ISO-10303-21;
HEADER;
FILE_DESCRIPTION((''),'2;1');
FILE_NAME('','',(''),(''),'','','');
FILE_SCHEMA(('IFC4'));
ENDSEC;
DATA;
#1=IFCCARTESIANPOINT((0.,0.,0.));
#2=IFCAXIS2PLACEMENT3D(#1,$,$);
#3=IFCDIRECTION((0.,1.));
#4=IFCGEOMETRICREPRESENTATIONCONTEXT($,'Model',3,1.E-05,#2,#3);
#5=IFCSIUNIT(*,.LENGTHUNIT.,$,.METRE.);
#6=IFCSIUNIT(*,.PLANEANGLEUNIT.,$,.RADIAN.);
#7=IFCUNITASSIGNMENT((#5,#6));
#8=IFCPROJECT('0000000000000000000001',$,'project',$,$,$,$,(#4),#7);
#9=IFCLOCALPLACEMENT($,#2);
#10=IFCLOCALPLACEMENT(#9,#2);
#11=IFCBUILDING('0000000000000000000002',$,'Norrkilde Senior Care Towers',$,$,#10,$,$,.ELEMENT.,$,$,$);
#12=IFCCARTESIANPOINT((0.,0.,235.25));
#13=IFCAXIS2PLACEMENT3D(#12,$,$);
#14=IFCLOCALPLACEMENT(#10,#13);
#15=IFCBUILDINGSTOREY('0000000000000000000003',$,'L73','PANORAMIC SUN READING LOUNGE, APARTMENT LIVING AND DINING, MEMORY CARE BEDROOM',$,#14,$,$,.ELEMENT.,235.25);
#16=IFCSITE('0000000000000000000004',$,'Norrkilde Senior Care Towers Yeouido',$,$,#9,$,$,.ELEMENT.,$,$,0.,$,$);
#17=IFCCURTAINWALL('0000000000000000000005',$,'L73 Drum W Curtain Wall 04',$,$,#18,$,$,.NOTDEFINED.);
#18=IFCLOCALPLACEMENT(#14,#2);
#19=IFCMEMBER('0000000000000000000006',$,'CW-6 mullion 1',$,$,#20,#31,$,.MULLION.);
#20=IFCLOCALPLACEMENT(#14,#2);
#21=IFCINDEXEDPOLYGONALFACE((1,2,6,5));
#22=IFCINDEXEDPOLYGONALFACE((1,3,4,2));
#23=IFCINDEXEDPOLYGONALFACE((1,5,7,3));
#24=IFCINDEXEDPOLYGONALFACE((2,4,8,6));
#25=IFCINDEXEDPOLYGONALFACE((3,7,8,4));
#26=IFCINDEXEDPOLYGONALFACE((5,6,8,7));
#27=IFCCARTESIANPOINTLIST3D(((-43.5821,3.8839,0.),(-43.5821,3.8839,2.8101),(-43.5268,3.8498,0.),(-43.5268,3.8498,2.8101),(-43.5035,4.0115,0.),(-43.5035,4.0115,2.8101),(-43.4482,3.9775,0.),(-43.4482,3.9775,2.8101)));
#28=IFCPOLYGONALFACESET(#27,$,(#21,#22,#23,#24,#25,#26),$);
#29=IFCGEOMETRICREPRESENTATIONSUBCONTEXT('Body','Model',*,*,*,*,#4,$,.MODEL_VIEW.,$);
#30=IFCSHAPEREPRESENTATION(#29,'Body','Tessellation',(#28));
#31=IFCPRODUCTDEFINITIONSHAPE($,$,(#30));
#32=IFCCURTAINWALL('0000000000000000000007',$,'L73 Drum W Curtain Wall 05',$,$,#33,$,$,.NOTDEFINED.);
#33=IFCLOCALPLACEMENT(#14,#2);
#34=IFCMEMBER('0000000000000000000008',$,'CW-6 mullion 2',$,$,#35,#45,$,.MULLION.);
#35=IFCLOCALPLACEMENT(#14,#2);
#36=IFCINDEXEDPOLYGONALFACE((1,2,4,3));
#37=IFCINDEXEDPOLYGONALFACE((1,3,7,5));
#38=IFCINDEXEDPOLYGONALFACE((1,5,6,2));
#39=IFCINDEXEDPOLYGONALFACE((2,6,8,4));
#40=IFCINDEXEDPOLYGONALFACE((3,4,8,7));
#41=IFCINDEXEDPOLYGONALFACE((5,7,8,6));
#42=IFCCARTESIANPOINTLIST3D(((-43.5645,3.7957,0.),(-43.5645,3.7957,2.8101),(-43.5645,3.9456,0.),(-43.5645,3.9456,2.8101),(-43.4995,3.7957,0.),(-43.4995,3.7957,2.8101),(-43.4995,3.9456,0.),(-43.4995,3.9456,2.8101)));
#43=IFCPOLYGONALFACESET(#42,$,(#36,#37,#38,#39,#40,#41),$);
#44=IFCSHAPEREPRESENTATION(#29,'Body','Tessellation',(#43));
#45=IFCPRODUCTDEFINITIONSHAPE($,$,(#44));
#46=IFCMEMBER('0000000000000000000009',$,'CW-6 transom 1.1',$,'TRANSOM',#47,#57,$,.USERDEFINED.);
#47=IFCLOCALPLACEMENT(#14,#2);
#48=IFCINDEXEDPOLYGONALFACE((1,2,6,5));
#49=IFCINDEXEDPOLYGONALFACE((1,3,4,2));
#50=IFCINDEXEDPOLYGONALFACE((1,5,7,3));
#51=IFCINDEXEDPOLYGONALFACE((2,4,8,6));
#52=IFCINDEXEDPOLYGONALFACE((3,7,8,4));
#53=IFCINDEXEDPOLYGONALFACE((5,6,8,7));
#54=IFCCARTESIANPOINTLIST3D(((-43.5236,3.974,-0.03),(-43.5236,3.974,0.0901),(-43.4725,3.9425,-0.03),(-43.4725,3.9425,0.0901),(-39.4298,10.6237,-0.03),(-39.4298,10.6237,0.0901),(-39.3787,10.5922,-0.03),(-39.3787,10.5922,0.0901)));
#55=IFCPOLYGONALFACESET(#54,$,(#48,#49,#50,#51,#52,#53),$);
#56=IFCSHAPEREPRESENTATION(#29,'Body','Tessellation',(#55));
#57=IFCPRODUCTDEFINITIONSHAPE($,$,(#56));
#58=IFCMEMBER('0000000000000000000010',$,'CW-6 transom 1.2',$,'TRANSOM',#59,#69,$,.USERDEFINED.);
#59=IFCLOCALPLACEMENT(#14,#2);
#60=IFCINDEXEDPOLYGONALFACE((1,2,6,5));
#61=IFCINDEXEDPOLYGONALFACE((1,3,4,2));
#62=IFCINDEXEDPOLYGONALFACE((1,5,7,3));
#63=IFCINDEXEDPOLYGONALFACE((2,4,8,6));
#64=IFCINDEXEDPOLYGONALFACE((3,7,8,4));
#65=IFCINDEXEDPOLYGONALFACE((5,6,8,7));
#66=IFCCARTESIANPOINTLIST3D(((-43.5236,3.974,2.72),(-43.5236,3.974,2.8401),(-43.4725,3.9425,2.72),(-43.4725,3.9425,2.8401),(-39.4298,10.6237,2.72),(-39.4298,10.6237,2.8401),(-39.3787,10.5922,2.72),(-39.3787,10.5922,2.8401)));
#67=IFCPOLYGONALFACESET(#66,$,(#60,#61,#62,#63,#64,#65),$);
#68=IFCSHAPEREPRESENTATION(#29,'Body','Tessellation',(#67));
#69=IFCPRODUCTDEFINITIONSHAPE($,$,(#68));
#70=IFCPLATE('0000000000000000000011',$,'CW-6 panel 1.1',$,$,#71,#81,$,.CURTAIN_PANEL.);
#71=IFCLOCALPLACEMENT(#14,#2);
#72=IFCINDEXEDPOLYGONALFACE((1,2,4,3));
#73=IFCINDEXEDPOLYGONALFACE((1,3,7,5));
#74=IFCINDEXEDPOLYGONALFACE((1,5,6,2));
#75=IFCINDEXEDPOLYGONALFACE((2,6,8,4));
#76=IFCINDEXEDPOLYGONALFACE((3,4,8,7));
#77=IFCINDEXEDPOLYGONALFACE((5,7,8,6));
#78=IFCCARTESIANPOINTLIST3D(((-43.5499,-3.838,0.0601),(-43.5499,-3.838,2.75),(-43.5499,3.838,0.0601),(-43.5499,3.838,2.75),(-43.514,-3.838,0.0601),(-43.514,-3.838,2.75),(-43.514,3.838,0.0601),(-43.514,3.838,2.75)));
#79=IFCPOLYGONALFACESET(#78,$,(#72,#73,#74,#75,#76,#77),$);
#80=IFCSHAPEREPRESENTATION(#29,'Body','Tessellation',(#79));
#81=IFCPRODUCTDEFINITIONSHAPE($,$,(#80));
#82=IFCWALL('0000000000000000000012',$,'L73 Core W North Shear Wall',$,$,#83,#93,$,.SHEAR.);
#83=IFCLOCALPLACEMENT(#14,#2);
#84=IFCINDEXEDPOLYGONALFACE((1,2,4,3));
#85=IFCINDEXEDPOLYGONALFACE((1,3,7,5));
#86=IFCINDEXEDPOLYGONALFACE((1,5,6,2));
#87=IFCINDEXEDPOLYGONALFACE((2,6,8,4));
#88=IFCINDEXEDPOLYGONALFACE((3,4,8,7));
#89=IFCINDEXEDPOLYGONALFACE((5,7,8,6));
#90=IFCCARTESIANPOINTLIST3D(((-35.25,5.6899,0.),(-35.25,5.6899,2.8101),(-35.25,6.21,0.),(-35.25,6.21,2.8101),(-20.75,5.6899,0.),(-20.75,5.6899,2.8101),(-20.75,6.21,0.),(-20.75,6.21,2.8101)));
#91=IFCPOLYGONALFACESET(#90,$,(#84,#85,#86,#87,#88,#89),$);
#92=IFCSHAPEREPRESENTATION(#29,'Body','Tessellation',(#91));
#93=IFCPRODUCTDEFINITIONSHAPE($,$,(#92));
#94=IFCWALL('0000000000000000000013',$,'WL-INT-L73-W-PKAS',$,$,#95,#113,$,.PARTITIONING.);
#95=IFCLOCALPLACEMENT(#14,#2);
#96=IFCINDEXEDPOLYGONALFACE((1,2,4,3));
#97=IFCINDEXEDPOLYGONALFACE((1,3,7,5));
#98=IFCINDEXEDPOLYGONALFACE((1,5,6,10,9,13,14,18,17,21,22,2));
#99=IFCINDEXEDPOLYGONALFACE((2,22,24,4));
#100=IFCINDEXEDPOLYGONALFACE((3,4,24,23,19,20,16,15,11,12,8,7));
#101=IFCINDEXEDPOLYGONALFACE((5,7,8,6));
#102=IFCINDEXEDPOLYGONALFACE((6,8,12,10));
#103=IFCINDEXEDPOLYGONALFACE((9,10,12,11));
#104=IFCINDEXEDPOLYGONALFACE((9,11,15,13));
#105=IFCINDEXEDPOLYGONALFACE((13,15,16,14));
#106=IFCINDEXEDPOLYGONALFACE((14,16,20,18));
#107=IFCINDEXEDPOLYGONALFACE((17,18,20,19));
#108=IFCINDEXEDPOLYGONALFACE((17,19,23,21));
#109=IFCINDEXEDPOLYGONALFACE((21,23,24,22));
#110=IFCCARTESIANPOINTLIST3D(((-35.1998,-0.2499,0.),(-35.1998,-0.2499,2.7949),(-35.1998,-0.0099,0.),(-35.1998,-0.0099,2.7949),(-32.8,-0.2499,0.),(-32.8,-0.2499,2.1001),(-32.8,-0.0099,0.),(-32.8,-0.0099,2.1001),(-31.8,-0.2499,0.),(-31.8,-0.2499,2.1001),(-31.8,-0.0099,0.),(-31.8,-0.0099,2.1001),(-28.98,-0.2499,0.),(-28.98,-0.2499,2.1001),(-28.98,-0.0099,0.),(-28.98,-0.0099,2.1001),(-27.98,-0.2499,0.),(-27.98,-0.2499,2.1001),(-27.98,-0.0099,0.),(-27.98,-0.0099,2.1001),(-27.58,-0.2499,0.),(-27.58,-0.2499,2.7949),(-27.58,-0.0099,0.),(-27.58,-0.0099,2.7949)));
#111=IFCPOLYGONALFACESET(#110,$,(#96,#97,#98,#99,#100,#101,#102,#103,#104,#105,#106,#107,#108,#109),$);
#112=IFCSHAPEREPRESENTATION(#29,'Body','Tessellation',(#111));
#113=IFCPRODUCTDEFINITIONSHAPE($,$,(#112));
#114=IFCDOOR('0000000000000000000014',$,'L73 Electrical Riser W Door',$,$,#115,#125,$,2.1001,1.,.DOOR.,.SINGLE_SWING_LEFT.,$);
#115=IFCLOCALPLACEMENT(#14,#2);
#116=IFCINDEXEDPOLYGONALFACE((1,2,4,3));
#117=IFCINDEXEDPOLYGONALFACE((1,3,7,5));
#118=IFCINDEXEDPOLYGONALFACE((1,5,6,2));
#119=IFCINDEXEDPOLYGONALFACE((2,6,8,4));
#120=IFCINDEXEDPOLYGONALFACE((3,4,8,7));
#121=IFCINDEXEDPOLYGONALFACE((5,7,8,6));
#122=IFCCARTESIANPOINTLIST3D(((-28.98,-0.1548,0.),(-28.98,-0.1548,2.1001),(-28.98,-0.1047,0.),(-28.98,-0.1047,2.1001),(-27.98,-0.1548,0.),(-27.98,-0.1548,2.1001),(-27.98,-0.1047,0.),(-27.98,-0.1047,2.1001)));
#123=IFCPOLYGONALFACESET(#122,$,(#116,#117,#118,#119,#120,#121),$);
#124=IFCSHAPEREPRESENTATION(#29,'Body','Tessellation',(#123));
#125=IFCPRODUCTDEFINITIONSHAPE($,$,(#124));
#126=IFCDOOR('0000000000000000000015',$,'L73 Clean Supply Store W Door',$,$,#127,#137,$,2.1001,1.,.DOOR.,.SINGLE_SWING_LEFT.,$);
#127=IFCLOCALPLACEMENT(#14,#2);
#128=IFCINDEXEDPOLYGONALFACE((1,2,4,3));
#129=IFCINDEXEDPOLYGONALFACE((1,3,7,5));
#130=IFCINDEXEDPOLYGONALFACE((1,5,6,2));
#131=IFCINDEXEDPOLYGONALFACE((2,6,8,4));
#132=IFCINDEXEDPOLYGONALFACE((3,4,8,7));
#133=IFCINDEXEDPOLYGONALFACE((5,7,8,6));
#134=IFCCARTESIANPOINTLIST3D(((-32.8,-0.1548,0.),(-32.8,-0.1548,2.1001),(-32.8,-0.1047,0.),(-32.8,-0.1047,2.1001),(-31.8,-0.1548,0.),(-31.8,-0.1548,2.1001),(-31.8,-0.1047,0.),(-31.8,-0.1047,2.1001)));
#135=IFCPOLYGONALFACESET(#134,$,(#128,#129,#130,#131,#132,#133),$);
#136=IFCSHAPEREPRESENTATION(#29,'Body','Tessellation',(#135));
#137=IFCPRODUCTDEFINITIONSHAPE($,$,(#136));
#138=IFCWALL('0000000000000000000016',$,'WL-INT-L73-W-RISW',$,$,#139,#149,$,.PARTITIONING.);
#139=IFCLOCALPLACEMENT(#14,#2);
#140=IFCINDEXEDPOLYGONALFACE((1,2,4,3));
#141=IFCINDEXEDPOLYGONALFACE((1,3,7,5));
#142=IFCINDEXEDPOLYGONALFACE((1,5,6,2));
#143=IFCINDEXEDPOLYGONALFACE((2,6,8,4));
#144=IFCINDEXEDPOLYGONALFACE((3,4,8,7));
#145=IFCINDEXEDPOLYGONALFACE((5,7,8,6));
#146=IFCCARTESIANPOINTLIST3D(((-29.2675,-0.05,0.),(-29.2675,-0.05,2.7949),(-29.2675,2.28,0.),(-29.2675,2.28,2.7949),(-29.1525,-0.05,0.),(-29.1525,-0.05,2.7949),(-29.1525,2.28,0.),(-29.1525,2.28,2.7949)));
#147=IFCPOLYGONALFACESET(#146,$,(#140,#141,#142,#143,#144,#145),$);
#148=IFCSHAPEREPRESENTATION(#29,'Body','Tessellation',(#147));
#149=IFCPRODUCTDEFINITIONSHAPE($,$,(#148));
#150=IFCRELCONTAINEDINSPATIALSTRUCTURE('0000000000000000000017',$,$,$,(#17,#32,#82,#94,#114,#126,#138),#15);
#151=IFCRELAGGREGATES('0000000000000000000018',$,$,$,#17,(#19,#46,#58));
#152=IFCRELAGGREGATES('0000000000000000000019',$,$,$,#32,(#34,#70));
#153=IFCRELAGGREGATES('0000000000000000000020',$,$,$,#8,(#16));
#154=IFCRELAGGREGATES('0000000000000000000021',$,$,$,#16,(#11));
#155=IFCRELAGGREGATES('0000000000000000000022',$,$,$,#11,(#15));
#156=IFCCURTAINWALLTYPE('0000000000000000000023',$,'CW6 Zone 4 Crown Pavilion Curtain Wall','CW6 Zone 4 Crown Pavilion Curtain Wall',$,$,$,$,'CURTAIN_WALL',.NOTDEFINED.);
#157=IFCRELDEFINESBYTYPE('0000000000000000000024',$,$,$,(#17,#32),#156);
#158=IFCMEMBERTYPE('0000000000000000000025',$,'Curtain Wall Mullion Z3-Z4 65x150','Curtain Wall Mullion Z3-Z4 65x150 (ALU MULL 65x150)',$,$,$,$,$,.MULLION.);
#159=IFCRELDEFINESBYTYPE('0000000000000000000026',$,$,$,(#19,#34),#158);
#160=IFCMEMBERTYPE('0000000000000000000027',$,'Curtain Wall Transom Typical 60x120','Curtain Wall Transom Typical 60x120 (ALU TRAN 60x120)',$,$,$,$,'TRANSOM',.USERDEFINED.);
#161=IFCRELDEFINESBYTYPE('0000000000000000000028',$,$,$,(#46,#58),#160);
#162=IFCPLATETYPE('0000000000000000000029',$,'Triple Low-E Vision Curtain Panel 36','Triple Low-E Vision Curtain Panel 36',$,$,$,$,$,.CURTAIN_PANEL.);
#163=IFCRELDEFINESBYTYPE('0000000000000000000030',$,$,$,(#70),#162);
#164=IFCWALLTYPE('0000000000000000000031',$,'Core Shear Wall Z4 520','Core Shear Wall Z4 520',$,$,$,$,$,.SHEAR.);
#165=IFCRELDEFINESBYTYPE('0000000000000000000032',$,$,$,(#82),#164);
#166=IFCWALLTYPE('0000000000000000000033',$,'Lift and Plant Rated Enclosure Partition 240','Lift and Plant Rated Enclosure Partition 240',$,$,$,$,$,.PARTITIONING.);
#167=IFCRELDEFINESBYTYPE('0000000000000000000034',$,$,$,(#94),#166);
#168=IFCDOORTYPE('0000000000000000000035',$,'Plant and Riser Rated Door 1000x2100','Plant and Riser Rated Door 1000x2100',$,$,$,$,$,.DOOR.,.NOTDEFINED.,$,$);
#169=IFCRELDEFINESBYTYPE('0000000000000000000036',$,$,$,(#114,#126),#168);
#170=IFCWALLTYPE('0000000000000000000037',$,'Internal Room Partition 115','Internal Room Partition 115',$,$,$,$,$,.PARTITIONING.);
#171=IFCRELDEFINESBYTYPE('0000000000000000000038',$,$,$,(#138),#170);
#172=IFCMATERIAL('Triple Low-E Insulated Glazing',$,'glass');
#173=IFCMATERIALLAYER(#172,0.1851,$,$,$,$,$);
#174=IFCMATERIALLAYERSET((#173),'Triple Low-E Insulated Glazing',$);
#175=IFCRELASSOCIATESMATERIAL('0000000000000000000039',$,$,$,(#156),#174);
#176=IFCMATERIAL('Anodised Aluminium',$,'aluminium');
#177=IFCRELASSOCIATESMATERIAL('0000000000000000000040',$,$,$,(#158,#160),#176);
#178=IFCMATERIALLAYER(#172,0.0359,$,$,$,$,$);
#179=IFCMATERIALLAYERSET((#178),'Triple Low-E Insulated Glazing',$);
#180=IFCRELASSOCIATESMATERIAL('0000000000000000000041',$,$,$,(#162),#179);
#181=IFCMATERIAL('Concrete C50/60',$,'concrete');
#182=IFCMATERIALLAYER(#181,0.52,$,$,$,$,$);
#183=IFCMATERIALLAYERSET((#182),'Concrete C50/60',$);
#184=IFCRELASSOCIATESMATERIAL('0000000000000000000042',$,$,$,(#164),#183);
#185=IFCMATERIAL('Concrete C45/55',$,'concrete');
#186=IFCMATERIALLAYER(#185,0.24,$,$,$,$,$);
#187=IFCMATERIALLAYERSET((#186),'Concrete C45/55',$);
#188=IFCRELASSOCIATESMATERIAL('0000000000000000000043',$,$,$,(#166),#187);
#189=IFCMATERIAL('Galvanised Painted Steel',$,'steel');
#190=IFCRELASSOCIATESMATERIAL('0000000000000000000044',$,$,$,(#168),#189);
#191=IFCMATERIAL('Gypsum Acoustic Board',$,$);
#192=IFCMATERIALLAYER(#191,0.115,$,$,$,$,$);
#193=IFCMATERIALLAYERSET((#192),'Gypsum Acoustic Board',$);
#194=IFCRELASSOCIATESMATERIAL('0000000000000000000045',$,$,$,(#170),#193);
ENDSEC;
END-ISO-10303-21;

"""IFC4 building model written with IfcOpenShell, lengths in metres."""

from ifc_helpers import new_model, si_unit, direction, frame, frame_2d, origin, origin_2d, place, context, subcontext, project, spatial, rectangle, extrude, source, transform, mapped, material, layer, layer_set, material_profile, profile_set, type_object, type_shapes, element, fill, aggregate, save


model = new_model("IFC4")

# Units and contexts
model_context = context("Model", 3, precision=1e-05, world=origin(), true_north=direction((0.0, 1.0)))
body_context = subcontext(model_context, "Body", "Model", "MODEL_VIEW")
ifc_project = project(units=[si_unit("LENGTHUNIT", "METRE"), si_unit("PLANEANGLEUNIT", "RADIAN")], contexts=[model_context])

# Site, building, storey
site_placement = place(None, origin())
site = spatial("IfcSite", under=ifc_project, at=site_placement, Name="Norrkilde Senior Care Towers Yeouido", CompositionType="ELEMENT", RefElevation=0.0)
building_placement = place(site_placement, origin())
building = spatial("IfcBuilding", under=site, at=building_placement, Name="Norrkilde Senior Care Towers", CompositionType="ELEMENT")
storey_placement = place(building_placement, frame((0.0, 0.0, 235.25)))
storey = spatial("IfcBuildingStorey", under=building, at=storey_placement, Name="L73", Description="PANORAMIC SUN READING LOUNGE, APARTMENT LIVING AND DINING, MEMORY CARE BEDROOM", CompositionType="ELEMENT", Elevation=235.25)

# Shared definitions
ifc_material_1 = material(Name="Concrete C50/60", Category="concrete")

# Curtain walls, members
ifc_material_2 = material(Name="Triple Low-E Insulated Glazing", Category="glass")
ifc_layer_1 = layer(ifc_material_2, 0.1851)
ifc_layer_set_1 = layer_set([ifc_layer_1], Name="Triple Low-E Insulated Glazing")
curtain_wall_type = type_object("IfcCurtainWallType", Name="CW6 Zone 4 Crown Pavilion Curtain Wall", Description="CW6 Zone 4 Crown Pavilion Curtain Wall", ElementType="CURTAIN_WALL", PredefinedType="NOTDEFINED", material=ifc_layer_set_1)
curtain_wall_1_placement = place(storey_placement, origin())
curtain_wall_1 = element("IfcCurtainWall", 1, at=curtain_wall_1_placement, inside=storey, type_object=curtain_wall_type, Name="L73 Drum W Curtain Wall 04", PredefinedType="NOTDEFINED")
ifc_material_3 = material(Name="Anodised Aluminium", Category="aluminium")
ifc_material_profile_1 = material_profile(ifc_material_3, rectangle(XDim=0.0649, YDim=0.1499, at=origin_2d()), Name="ALU MULL 65x150")
ifc_profile_set_1 = profile_set([ifc_material_profile_1], Name="Anodised Aluminium")
member_type_1 = type_object("IfcMemberType", Name="Curtain Wall Mullion Z3-Z4 65x150", Description="Curtain Wall Mullion Z3-Z4 65x150 (ALU MULL 65x150)", PredefinedType="MULLION", material=ifc_profile_set_1)
shared_shape_1 = source(origin(), body_context, "Body", "SweptSolid", [
    extrude(rectangle(XDim=0.0649, YDim=0.1499, at=origin_2d()), origin(), (0.0, 0.0, 1.0), 2.8101),
])
type_shapes(member_type_1, [shared_shape_1])
member_1_placement = place(storey_placement, frame((-43.5151, 3.9307, 0.0), z_axis=(0.0, 0.0, 1.0), x_axis=(-0.851563, 0.524253, 0.0)))
member_1 = element("IfcMember", 2, at=member_1_placement, type_object=member_type_1, Name="CW-6 mullion 1", PredefinedType="MULLION", context=body_context, shape_type="MappedRepresentation", body=[
    mapped(shared_shape_1, transform((0.0, 0.0, 0.0), x_axis=(1.0, 0.0, 0.0), y_axis=(0.0, 1.0, 0.0), z_axis=(0.0, 0.0, 1.0), scale=1.0)),
])
curtain_wall_2_placement = place(storey_placement, origin())
curtain_wall_2 = element("IfcCurtainWall", 3, at=curtain_wall_2_placement, inside=storey, type_object=curtain_wall_type, Name="L73 Drum W Curtain Wall 05", PredefinedType="NOTDEFINED")
member_2_placement = place(storey_placement, frame((-43.532, 3.8706, 0.0), z_axis=(0.0, 0.0, 1.0), x_axis=(-1.0, 0.0, 0.0)))
member_2 = element("IfcMember", 4, at=member_2_placement, type_object=member_type_1, Name="CW-6 mullion 2", PredefinedType="MULLION", context=body_context, shape_type="MappedRepresentation", body=[
    mapped(shared_shape_1, transform((0.0, 0.0, 0.0), x_axis=(1.0, 0.0, 0.0), y_axis=(0.0, 1.0, 0.0), z_axis=(0.0, 0.0, 1.0), scale=1.0)),
])

# Members
ifc_material_profile_2 = material_profile(ifc_material_3, rectangle(XDim=0.0601, YDim=0.1201, at=origin_2d()), Name="ALU TRAN 60x120")
ifc_profile_set_2 = profile_set([ifc_material_profile_2], Name="Anodised Aluminium")
member_type_2 = type_object("IfcMemberType", Name="Curtain Wall Transom Typical 60x120", Description="Curtain Wall Transom Typical 60x120 (ALU TRAN 60x120)", ElementType="TRANSOM", PredefinedType="USERDEFINED", material=ifc_profile_set_2)
shared_shape_2 = source(origin(), body_context, "Body", "SweptSolid", [
    extrude(rectangle(XDim=0.0601, YDim=0.1201, at=origin_2d()), origin(), (0.0, 0.0, 1.0), 7.8088),
])
type_shapes(member_type_2, [shared_shape_2])
member_3_placement = place(storey_placement, frame((-43.498, 3.9583, 0.03), z_axis=(0.524251, 0.851564, 0.0), x_axis=(-0.851564, 0.524251, 0.0)))
member_3 = element("IfcMember", 5, at=member_3_placement, type_object=member_type_2, Name="CW-6 transom 1.1", ObjectType="TRANSOM", PredefinedType="USERDEFINED", context=body_context, shape_type="MappedRepresentation", body=[
    mapped(shared_shape_2, transform((0.0, 0.0, 0.0), x_axis=(1.0, 0.0, 0.0), y_axis=(0.0, 1.0, 0.0), z_axis=(0.0, 0.0, 1.0), scale=1.0)),
])
member_4_placement = place(storey_placement, frame((-43.498, 3.9583, 2.78), z_axis=(0.524251, 0.851564, 0.0), x_axis=(-0.851564, 0.524251, 0.0)))
member_4 = element("IfcMember", 6, at=member_4_placement, type_object=member_type_2, Name="CW-6 transom 1.2", ObjectType="TRANSOM", PredefinedType="USERDEFINED", context=body_context, shape_type="MappedRepresentation", body=[
    mapped(shared_shape_2, transform((0.0, 0.0, 0.0), x_axis=(1.0, 0.0, 0.0), y_axis=(0.0, 1.0, 0.0), z_axis=(0.0, 0.0, 1.0), scale=1.0)),
])
aggregate(curtain_wall_1, [member_1, member_3, member_4])

# Plate
ifc_layer_2 = layer(ifc_material_2, 0.0359)
ifc_layer_set_2 = layer_set([ifc_layer_2], Name="Triple Low-E Insulated Glazing")
plate_type = type_object("IfcPlateType", Name="Triple Low-E Vision Curtain Panel 36", Description="Triple Low-E Vision Curtain Panel 36", PredefinedType="CURTAIN_PANEL", material=ifc_layer_set_2)
shared_shape_3 = source(origin(), body_context, "Body", "SweptSolid", [
    extrude(rectangle(XDim=7.676, YDim=0.0359, at=origin_2d()), origin(), (0.0, 0.0, 1.0), 2.6899),
])
type_shapes(plate_type, [shared_shape_3])
plate_placement = place(storey_placement, frame((-43.532, 0.0, 0.0601), z_axis=(0.0, 0.0, 1.0), x_axis=(0.0, 1.0, 0.0)))
plate = element("IfcPlate", 7, at=plate_placement, type_object=plate_type, Name="CW-6 panel 1.1", PredefinedType="CURTAIN_PANEL", context=body_context, shape_type="MappedRepresentation", body=[
    mapped(shared_shape_3, transform((0.0, 0.0, 0.0), x_axis=(1.0, 0.0, 0.0), y_axis=(0.0, 1.0, 0.0), z_axis=(0.0, 0.0, 1.0), scale=1.0)),
])
aggregate(curtain_wall_2, [member_2, plate])

# Wall
ifc_layer_3 = layer(ifc_material_1, 0.52)
ifc_layer_set_3 = layer_set([ifc_layer_3], Name="Concrete C50/60")
wall_type_1 = type_object("IfcWallType", Name="Core Shear Wall Z4 520", Description="Core Shear Wall Z4 520", PredefinedType="SHEAR", material=ifc_layer_set_3)
shared_shape_4 = source(origin(), body_context, "Body", "SweptSolid", [
    extrude(rectangle(XDim=14.5, YDim=0.52, at=frame_2d((7.25, 0.0))), origin(), (0.0, 0.0, 1.0), 2.8101),
])
type_shapes(wall_type_1, [shared_shape_4])
wall_1_placement = place(storey_placement, frame((-35.25, 5.95, 0.0), z_axis=(0.0, 0.0, 1.0), x_axis=(1.0, 0.0, 0.0)))
element("IfcWall", 8, at=wall_1_placement, inside=storey, type_object=wall_type_1, Name="L73 Core W North Shear Wall", PredefinedType="SHEAR", context=body_context, shape_type="MappedRepresentation", body=[
    mapped(shared_shape_4, transform((0.0, 0.0, 0.0), x_axis=(1.0, 0.0, 0.0), y_axis=(0.0, 1.0, 0.0), z_axis=(0.0, 0.0, 1.0), scale=1.0)),
])

# Wall, openings, doors
ifc_material_4 = material(Name="Concrete C45/55", Category="concrete")
ifc_layer_4 = layer(ifc_material_4, 0.24)
ifc_layer_set_4 = layer_set([ifc_layer_4], Name="Concrete C45/55")
wall_type_2 = type_object("IfcWallType", Name="Lift and Plant Rated Enclosure Partition 240", Description="Lift and Plant Rated Enclosure Partition 240", PredefinedType="PARTITIONING", material=ifc_layer_set_4)
shared_shape_5 = source(origin(), body_context, "Body", "SweptSolid", [
    extrude(rectangle(XDim=7.6199, YDim=0.24, at=frame_2d((3.8101, 0.0))), origin(), (0.0, 0.0, 1.0), 2.7949),
])
type_shapes(wall_type_2, [shared_shape_5])
wall_2_placement = place(storey_placement, frame((-35.2, -0.1299, 0.0), z_axis=(0.0, 0.0, 1.0), x_axis=(1.0, 0.0, 0.0)))
wall_2 = element("IfcWall", 9, at=wall_2_placement, inside=storey, type_object=wall_type_2, Name="WL-INT-L73-W-PKAS", PredefinedType="PARTITIONING", context=body_context, shape_type="MappedRepresentation", body=[
    mapped(shared_shape_5, transform((0.0, 0.0, 0.0), x_axis=(1.0, 0.0, 0.0), y_axis=(0.0, 1.0, 0.0), z_axis=(0.0, 0.0, 1.0), scale=1.0)),
])
opening_1_placement = place(wall_2_placement, frame((6.22, 0.0, 0.0)))
opening_1 = element("IfcOpeningElement", 10, at=opening_1_placement, cuts=wall_2, PredefinedType="OPENING", context=body_context, shape_type="SweptSolid", body=[
    extrude(rectangle(XDim=1.0, YDim=2.1001, at=frame_2d((0.5, 1.05))), frame((0.0, 0.1299, 0.0), z_axis=(0.0, -1.0, 0.0), x_axis=(1.0, 0.0, 0.0)), (0.0, 0.0, 1.0), 0.26),
])
opening_2_placement = place(wall_2_placement, frame((2.3999, 0.0, 0.0)))
opening_2 = element("IfcOpeningElement", 11, at=opening_2_placement, cuts=wall_2, PredefinedType="OPENING", context=body_context, shape_type="SweptSolid", body=[
    extrude(rectangle(XDim=1.0, YDim=2.1001, at=frame_2d((0.5, 1.05))), frame((0.0, 0.1299, 0.0), z_axis=(0.0, -1.0, 0.0), x_axis=(1.0, 0.0, 0.0)), (0.0, 0.0, 1.0), 0.26),
])
ifc_material_5 = material(Name="Galvanised Painted Steel", Category="steel")
door_type_1 = type_object("IfcDoorType", Name="Plant and Riser Rated Door 1000x2100", Description="Plant and Riser Rated Door 1000x2100", OperationType="NOTDEFINED", PredefinedType="DOOR", material=ifc_material_5)
shared_shape_6 = source(origin(), body_context, "Body", "SweptSolid", [
    extrude(rectangle(XDim=1.0, YDim=2.1001, at=frame_2d((0.5, 1.05))), frame((0.0, 0.0249, 0.0), z_axis=(0.0, -1.0, 0.0), x_axis=(1.0, 0.0, 0.0)), (0.0, 0.0, 1.0), 0.05),
])
type_shapes(door_type_1, [shared_shape_6])
door_1_placement = place(opening_1_placement, frame((1.0, 0.0, 0.0), z_axis=(0.0, 0.0, 1.0), x_axis=(-1.0, 0.0, 0.0)))
door_1 = element("IfcDoor", 12, at=door_1_placement, inside=storey, type_object=door_type_1, Name="L73 Electrical Riser W Door", OperationType="SINGLE_SWING_LEFT", OverallHeight=2.1001, OverallWidth=1.0, PredefinedType="DOOR", context=body_context, shape_type="MappedRepresentation", body=[
    mapped(shared_shape_6, transform((0.0, 0.0, 0.0), x_axis=(1.0, 0.0, 0.0), y_axis=(0.0, 1.0, 0.0), z_axis=(0.0, 0.0, 1.0), scale=1.0)),
])
fill(opening_1, door_1)
door_2_placement = place(opening_2_placement, frame((1.0, 0.0, 0.0), z_axis=(0.0, 0.0, 1.0), x_axis=(-1.0, 0.0, 0.0)))
door_2 = element("IfcDoor", 13, at=door_2_placement, inside=storey, type_object=door_type_1, Name="L73 Clean Supply Store W Door", OperationType="SINGLE_SWING_LEFT", OverallHeight=2.1001, OverallWidth=1.0, PredefinedType="DOOR", context=body_context, shape_type="MappedRepresentation", body=[
    mapped(shared_shape_6, transform((0.0, 0.0, 0.0), x_axis=(1.0, 0.0, 0.0), y_axis=(0.0, 1.0, 0.0), z_axis=(0.0, 0.0, 1.0), scale=1.0)),
])
fill(opening_2, door_2)

# Wall
ifc_material_6 = material(Name="Gypsum Acoustic Board")
ifc_layer_5 = layer(ifc_material_6, 0.115)
ifc_layer_set_5 = layer_set([ifc_layer_5], Name="Gypsum Acoustic Board")
wall_type_3 = type_object("IfcWallType", Name="Internal Room Partition 115", Description="Internal Room Partition 115", PredefinedType="PARTITIONING", material=ifc_layer_set_5)
shared_shape_7 = source(origin(), body_context, "Body", "SweptSolid", [
    extrude(rectangle(XDim=2.3301, YDim=0.115, at=frame_2d((1.165, 0.0))), origin(), (0.0, 0.0, 1.0), 2.7949),
])
type_shapes(wall_type_3, [shared_shape_7])
wall_3_placement = place(storey_placement, frame((-29.21, -0.05, 0.0), z_axis=(0.0, 0.0, 1.0), x_axis=(0.0, 1.0, 0.0)))
element("IfcWall", 14, at=wall_3_placement, inside=storey, type_object=wall_type_3, Name="WL-INT-L73-W-RISW", PredefinedType="PARTITIONING", context=body_context, shape_type="MappedRepresentation", body=[
    mapped(shared_shape_7, transform((0.0, 0.0, 0.0), x_axis=(1.0, 0.0, 0.0), y_axis=(0.0, 1.0, 0.0), z_axis=(0.0, 0.0, 1.0), scale=1.0)),
])

save(model, "model.ifc")
